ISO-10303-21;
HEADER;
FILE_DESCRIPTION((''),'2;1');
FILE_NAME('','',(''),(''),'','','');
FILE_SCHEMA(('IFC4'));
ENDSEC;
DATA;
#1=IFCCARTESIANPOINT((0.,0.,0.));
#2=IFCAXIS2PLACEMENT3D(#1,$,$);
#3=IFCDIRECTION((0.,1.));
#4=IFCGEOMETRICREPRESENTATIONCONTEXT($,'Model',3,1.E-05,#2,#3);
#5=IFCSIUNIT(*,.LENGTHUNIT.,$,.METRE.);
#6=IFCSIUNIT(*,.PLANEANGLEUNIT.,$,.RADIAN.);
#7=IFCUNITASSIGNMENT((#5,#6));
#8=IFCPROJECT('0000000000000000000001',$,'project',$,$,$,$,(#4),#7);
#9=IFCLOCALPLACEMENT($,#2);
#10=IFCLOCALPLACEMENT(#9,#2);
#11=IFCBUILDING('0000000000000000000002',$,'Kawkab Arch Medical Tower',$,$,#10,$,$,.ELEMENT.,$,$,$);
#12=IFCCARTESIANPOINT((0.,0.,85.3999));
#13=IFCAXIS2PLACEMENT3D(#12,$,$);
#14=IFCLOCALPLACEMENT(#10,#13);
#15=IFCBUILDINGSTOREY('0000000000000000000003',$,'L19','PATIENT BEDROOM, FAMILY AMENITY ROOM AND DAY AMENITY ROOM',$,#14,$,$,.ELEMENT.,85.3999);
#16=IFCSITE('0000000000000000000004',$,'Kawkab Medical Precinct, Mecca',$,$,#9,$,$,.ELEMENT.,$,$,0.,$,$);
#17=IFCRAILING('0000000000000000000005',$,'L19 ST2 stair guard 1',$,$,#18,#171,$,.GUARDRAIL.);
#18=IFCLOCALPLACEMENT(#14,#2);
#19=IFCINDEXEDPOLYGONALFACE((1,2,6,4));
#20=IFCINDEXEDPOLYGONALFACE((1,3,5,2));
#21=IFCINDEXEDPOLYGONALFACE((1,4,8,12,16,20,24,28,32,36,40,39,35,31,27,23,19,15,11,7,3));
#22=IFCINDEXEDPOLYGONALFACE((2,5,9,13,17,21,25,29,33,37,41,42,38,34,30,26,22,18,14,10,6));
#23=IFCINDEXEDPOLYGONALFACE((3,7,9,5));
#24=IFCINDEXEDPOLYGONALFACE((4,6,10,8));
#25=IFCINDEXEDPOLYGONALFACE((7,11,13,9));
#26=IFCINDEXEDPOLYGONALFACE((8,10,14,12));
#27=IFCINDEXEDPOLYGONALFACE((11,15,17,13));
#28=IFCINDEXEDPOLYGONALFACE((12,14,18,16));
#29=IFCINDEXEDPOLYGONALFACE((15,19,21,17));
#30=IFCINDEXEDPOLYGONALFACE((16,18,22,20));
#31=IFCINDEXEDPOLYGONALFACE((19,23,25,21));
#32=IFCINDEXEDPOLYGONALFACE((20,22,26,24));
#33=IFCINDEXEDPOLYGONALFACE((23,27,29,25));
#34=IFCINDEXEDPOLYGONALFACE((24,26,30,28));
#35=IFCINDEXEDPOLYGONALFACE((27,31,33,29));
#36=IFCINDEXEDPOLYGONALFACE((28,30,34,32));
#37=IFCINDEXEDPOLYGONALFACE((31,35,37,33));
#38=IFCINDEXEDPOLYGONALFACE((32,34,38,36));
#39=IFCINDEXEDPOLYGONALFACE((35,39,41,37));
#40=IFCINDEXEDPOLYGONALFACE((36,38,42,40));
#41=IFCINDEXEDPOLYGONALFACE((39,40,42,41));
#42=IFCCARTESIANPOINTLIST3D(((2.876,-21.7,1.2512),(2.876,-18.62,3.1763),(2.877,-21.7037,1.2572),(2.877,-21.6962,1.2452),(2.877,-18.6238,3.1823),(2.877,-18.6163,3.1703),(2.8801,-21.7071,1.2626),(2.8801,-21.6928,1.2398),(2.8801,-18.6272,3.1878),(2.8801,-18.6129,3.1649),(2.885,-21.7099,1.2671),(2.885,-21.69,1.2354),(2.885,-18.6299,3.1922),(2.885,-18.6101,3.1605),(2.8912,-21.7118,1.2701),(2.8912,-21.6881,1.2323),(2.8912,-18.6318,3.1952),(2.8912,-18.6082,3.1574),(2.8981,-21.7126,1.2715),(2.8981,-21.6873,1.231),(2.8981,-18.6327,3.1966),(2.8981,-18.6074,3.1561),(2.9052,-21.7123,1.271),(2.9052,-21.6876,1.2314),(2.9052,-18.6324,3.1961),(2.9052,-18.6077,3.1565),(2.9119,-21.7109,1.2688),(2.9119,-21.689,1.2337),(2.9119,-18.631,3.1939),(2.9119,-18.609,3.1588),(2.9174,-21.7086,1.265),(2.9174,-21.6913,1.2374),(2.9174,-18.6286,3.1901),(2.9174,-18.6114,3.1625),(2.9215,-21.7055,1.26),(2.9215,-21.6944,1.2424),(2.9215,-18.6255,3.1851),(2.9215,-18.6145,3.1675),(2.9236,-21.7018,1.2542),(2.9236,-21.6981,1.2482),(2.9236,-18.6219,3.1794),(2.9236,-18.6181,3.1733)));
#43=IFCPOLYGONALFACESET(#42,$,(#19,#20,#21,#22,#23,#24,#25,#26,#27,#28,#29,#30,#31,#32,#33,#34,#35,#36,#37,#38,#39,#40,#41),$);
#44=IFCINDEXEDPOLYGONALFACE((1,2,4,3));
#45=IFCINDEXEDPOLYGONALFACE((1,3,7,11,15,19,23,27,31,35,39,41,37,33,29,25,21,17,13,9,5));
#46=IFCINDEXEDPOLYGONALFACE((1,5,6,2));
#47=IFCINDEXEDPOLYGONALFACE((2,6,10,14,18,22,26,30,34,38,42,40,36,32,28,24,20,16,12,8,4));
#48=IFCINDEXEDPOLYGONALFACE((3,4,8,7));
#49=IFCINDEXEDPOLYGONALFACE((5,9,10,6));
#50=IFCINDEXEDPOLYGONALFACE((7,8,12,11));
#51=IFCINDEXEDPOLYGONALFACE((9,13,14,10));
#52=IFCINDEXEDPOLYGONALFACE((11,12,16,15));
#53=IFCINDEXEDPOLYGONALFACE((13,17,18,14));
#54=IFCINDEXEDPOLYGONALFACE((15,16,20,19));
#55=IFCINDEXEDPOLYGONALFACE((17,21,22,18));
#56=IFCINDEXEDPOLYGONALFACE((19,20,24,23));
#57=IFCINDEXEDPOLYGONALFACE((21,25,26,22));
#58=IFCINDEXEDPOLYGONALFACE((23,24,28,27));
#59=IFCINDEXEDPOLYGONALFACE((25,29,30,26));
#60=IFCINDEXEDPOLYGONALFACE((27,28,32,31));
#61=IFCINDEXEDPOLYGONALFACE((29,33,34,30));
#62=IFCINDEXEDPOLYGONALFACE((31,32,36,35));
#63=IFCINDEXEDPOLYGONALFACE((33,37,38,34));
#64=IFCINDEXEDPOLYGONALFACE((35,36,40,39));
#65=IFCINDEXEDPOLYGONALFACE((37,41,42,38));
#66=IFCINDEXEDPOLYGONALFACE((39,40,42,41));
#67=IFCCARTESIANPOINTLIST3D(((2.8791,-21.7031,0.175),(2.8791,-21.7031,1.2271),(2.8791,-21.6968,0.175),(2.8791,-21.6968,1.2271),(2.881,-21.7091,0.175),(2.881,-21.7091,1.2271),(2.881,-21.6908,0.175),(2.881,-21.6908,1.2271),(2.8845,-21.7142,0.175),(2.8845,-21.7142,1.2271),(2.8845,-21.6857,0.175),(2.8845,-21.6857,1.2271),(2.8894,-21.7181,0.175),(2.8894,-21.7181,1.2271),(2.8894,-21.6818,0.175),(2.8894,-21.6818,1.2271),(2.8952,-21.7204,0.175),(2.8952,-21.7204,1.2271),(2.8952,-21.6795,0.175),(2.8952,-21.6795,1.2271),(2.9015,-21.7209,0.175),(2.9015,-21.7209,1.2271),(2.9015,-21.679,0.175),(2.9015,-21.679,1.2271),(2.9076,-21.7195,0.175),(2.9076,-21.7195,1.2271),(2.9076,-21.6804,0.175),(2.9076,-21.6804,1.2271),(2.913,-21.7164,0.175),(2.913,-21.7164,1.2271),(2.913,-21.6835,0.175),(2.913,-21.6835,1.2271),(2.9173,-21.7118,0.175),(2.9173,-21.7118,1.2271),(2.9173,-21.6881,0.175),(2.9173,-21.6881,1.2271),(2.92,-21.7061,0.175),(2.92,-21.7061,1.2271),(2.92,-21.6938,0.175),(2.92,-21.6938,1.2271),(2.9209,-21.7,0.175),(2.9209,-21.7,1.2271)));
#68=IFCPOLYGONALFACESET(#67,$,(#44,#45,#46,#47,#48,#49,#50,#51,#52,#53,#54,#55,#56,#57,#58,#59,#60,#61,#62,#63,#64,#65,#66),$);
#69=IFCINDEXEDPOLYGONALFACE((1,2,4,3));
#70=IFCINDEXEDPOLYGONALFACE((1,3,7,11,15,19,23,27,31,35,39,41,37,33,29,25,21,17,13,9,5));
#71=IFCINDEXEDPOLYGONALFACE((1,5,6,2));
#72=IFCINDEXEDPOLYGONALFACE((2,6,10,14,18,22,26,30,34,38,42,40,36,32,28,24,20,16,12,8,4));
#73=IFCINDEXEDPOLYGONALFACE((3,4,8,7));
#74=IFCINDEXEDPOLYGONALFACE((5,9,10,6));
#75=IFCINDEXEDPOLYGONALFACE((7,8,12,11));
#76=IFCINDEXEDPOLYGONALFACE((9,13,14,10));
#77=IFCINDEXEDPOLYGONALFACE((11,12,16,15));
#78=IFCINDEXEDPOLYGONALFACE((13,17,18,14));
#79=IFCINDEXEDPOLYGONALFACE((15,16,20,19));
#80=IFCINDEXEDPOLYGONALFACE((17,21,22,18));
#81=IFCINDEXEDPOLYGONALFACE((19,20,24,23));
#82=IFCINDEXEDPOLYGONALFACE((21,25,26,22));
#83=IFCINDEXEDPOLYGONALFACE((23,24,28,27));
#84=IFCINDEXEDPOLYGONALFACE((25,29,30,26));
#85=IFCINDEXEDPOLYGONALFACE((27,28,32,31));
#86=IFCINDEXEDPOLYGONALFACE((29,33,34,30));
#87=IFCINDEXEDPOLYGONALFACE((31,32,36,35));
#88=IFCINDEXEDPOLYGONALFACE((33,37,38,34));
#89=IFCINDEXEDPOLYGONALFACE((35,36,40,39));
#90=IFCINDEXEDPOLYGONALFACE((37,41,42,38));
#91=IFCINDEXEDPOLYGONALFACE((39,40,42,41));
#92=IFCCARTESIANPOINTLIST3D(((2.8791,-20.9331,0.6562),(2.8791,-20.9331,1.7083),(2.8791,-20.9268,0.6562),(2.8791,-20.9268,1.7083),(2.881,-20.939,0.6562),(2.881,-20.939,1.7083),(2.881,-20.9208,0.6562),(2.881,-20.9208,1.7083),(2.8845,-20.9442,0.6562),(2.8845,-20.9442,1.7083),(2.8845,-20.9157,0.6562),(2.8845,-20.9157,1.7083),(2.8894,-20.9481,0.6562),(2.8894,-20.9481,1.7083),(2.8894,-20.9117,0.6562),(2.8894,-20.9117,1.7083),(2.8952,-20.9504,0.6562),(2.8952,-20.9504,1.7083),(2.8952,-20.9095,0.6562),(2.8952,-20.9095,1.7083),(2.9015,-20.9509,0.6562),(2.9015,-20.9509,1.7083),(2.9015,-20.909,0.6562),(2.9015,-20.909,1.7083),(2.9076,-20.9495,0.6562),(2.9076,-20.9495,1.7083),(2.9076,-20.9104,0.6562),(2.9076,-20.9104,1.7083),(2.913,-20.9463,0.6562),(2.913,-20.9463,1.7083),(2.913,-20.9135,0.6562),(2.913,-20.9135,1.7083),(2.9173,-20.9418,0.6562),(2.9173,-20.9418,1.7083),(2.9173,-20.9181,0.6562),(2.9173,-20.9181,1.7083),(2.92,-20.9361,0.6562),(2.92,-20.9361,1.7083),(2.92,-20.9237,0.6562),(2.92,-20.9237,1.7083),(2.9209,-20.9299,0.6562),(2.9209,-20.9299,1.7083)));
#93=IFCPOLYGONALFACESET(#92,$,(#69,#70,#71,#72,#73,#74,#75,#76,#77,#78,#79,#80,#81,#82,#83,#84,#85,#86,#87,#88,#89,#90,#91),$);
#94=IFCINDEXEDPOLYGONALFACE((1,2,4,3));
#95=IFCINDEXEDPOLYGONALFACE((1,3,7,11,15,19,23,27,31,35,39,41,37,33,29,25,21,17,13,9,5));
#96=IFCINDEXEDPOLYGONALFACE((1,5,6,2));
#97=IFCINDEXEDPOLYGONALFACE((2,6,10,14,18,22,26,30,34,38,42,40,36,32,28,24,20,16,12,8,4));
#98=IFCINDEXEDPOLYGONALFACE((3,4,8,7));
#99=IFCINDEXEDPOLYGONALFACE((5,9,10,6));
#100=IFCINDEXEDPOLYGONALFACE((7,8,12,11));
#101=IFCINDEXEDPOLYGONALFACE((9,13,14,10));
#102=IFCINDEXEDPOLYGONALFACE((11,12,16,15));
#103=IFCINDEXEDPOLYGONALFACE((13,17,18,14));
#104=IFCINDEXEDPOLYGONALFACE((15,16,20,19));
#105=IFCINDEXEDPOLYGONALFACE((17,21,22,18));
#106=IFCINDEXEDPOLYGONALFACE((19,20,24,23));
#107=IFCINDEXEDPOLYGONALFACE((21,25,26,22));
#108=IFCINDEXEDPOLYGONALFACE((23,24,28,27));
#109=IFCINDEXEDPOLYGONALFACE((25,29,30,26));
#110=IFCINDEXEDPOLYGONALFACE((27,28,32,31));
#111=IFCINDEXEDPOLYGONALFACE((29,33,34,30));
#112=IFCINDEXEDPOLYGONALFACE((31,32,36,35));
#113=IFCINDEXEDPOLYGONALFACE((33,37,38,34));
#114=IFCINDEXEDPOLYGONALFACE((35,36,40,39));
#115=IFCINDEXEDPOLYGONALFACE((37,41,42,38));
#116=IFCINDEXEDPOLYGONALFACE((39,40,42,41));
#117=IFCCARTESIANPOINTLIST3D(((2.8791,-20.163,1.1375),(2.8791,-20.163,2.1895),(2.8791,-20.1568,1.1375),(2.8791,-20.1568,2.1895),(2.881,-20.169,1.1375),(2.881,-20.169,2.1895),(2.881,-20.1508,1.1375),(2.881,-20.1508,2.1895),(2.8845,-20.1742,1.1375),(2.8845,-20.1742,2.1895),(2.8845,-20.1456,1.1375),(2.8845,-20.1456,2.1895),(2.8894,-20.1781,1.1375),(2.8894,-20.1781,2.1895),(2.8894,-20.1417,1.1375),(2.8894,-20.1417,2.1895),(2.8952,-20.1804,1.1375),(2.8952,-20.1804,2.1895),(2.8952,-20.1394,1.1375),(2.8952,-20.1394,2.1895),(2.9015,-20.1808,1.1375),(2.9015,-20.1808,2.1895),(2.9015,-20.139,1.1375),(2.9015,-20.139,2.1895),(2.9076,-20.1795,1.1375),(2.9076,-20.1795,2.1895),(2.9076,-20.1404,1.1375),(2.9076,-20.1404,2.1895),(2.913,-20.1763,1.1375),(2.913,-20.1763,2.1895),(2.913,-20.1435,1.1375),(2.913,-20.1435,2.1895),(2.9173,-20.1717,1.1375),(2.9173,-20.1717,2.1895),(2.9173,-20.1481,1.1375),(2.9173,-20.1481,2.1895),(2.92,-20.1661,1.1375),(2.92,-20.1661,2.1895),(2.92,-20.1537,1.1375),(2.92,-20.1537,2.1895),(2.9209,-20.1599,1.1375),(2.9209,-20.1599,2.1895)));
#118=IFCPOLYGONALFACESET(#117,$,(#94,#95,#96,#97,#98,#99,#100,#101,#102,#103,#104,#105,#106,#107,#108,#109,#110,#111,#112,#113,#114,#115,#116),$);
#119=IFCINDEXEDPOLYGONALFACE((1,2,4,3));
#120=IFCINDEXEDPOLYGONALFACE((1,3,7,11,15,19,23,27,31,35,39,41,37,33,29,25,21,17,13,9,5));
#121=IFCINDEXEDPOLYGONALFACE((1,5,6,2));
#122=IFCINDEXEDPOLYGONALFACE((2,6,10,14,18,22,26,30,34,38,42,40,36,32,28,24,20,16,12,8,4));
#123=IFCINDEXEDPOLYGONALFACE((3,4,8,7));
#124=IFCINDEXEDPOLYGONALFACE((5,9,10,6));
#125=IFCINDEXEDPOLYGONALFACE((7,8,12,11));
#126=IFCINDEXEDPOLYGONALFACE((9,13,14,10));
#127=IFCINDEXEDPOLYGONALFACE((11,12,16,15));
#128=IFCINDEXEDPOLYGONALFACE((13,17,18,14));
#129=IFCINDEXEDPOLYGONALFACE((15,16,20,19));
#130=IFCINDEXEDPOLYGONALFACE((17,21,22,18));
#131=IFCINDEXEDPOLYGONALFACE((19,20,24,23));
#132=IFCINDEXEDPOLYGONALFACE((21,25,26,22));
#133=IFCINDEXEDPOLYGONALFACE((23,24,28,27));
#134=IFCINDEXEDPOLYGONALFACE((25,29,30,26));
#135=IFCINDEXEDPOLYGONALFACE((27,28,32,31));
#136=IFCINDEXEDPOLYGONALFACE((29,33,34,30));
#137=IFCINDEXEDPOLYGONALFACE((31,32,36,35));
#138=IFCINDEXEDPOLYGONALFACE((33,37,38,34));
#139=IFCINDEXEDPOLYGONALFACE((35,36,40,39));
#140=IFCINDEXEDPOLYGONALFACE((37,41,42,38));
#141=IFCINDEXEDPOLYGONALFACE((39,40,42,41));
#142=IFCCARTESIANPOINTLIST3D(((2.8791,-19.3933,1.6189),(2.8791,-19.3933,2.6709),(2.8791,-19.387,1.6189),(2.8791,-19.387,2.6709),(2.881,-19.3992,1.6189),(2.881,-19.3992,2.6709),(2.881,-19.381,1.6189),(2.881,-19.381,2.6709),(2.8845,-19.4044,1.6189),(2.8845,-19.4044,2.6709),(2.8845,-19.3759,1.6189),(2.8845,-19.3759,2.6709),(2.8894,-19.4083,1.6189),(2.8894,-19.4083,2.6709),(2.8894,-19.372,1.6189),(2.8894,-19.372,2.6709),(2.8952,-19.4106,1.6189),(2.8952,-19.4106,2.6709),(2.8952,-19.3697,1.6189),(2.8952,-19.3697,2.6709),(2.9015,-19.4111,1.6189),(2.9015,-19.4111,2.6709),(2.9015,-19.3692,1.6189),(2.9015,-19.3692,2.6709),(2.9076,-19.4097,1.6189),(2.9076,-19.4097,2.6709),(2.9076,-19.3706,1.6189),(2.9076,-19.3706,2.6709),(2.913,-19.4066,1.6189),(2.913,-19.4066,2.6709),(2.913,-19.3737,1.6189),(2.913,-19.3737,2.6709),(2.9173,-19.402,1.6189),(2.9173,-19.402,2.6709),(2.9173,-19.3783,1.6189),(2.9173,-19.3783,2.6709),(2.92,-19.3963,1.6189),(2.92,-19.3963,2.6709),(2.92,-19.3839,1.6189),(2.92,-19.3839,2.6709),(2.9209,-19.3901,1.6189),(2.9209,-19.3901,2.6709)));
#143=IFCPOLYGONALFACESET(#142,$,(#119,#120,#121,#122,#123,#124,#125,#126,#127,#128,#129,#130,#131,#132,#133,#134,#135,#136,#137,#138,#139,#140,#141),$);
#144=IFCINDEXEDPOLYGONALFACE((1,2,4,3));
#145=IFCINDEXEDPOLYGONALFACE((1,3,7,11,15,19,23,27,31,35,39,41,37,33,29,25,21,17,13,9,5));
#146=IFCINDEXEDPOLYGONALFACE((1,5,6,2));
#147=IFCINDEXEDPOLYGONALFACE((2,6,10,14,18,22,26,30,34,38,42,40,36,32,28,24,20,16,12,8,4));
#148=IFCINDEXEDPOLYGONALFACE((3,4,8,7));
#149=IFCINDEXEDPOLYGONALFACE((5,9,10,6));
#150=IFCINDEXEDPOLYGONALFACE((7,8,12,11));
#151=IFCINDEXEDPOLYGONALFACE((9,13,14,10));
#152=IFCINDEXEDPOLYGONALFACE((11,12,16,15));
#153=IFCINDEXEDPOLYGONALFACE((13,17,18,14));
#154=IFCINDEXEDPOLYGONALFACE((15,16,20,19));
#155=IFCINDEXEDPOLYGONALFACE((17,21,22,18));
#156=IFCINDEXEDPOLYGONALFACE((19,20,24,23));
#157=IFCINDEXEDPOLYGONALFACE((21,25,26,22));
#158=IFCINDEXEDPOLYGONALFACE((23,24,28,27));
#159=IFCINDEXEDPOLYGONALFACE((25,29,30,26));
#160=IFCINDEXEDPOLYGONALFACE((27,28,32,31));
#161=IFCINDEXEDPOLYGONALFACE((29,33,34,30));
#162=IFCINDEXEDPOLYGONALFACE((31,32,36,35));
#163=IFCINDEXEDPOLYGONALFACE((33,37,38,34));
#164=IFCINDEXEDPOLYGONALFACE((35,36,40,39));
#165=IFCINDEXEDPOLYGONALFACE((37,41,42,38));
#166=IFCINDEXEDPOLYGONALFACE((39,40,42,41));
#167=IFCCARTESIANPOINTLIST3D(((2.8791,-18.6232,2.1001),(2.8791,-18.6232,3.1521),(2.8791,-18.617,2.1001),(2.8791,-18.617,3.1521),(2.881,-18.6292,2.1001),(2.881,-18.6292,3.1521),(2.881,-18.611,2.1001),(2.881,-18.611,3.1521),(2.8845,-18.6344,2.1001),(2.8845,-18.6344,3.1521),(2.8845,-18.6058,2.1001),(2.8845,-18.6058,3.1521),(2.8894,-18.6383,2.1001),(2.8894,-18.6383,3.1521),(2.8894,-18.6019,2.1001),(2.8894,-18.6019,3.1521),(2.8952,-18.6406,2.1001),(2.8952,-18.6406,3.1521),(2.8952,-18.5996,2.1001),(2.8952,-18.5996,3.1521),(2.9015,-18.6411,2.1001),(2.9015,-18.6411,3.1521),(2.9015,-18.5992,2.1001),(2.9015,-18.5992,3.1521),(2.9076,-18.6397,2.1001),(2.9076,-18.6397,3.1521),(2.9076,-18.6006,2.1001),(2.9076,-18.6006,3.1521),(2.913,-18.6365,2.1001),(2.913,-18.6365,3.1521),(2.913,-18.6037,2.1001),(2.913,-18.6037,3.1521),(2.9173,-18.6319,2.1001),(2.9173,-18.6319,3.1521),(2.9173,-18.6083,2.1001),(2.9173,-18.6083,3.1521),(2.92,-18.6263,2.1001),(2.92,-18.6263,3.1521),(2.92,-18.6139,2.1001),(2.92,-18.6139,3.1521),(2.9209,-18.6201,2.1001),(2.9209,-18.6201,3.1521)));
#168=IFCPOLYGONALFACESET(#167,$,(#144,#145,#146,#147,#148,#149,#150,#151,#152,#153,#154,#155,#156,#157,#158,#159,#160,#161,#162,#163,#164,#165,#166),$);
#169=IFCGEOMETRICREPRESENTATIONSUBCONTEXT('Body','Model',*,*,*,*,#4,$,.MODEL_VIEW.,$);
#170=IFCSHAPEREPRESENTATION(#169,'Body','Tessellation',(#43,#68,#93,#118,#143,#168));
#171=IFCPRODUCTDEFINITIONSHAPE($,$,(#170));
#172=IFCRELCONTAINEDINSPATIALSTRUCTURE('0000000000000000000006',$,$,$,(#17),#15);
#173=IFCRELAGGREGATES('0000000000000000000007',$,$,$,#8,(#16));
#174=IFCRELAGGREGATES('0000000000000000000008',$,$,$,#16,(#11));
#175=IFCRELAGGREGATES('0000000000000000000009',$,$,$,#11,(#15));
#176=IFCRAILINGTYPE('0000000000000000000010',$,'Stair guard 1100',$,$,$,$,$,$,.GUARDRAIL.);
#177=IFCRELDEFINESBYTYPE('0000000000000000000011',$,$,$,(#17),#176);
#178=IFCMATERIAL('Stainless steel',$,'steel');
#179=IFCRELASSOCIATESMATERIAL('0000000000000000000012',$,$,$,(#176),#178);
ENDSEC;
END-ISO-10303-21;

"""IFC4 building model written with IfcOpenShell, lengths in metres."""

from ifc_helpers import new_model, si_unit, direction, frame, origin, origin_2d, place, context, subcontext, project, spatial, circle, extrude, material, type_object, element, save


model = new_model("IFC4")

# Units and contexts
model_context = context("Model", 3, precision=1e-05, world=origin(), true_north=direction((0.0, 1.0)))
body_context = subcontext(model_context, "Body", "Model", "MODEL_VIEW")
ifc_project = project(units=[si_unit("LENGTHUNIT", "METRE"), si_unit("PLANEANGLEUNIT", "RADIAN")], contexts=[model_context])

# Site, building, storey
site_placement = place(None, origin())
site = spatial("IfcSite", under=ifc_project, at=site_placement, Name="Kawkab Medical Precinct, Mecca", CompositionType="ELEMENT", RefElevation=0.0)
building_placement = place(site_placement, origin())
building = spatial("IfcBuilding", under=site, at=building_placement, Name="Kawkab Arch Medical Tower", CompositionType="ELEMENT")
storey_placement = place(building_placement, frame((0.0, 0.0, 85.3999)))
storey = spatial("IfcBuildingStorey", under=building, at=storey_placement, Name="L19", Description="PATIENT BEDROOM, FAMILY AMENITY ROOM AND DAY AMENITY ROOM", CompositionType="ELEMENT", Elevation=85.3999)

# Railing
ifc_material_1 = material(Name="Stainless steel", Category="steel")
railing_type = type_object("IfcRailingType", Name="Stair guard 1100", PredefinedType="GUARDRAIL", material=ifc_material_1)
railing_1_placement = place(storey_placement, frame((2.8999, -21.7, 0.175)))
element("IfcRailing", 1, at=railing_1_placement, inside=storey, type_object=railing_type, Name="L19 ST2 stair guard 1", PredefinedType="GUARDRAIL", context=body_context, shape_type="SweptSolid", body=[
    extrude(circle(Radius=0.0239, at=origin_2d()), frame((0.0, 0.0, 1.0762), z_axis=(0.0, 0.847979, 0.530029), x_axis=(-1.0, 0.0, 0.0)), (0.0, 0.0, 1.0), 3.6321),
    extrude(circle(Radius=0.021, at=origin_2d()), origin(), (0.0, 0.0, 1.0), 1.052),
    extrude(circle(Radius=0.021, at=origin_2d()), frame((0.0, 0.77, 0.4812)), (0.0, 0.0, 1.0), 1.052),
    extrude(circle(Radius=0.021, at=origin_2d()), frame((0.0, 1.54, 0.9624)), (0.0, 0.0, 1.0), 1.052),
    extrude(circle(Radius=0.021, at=origin_2d()), frame((0.0, 2.3098, 1.4438)), (0.0, 0.0, 1.0), 1.052),
    extrude(circle(Radius=0.021, at=origin_2d()), frame((0.0, 3.0798, 1.925)), (0.0, 0.0, 1.0), 1.052),
])

save(model, "model.ifc")
